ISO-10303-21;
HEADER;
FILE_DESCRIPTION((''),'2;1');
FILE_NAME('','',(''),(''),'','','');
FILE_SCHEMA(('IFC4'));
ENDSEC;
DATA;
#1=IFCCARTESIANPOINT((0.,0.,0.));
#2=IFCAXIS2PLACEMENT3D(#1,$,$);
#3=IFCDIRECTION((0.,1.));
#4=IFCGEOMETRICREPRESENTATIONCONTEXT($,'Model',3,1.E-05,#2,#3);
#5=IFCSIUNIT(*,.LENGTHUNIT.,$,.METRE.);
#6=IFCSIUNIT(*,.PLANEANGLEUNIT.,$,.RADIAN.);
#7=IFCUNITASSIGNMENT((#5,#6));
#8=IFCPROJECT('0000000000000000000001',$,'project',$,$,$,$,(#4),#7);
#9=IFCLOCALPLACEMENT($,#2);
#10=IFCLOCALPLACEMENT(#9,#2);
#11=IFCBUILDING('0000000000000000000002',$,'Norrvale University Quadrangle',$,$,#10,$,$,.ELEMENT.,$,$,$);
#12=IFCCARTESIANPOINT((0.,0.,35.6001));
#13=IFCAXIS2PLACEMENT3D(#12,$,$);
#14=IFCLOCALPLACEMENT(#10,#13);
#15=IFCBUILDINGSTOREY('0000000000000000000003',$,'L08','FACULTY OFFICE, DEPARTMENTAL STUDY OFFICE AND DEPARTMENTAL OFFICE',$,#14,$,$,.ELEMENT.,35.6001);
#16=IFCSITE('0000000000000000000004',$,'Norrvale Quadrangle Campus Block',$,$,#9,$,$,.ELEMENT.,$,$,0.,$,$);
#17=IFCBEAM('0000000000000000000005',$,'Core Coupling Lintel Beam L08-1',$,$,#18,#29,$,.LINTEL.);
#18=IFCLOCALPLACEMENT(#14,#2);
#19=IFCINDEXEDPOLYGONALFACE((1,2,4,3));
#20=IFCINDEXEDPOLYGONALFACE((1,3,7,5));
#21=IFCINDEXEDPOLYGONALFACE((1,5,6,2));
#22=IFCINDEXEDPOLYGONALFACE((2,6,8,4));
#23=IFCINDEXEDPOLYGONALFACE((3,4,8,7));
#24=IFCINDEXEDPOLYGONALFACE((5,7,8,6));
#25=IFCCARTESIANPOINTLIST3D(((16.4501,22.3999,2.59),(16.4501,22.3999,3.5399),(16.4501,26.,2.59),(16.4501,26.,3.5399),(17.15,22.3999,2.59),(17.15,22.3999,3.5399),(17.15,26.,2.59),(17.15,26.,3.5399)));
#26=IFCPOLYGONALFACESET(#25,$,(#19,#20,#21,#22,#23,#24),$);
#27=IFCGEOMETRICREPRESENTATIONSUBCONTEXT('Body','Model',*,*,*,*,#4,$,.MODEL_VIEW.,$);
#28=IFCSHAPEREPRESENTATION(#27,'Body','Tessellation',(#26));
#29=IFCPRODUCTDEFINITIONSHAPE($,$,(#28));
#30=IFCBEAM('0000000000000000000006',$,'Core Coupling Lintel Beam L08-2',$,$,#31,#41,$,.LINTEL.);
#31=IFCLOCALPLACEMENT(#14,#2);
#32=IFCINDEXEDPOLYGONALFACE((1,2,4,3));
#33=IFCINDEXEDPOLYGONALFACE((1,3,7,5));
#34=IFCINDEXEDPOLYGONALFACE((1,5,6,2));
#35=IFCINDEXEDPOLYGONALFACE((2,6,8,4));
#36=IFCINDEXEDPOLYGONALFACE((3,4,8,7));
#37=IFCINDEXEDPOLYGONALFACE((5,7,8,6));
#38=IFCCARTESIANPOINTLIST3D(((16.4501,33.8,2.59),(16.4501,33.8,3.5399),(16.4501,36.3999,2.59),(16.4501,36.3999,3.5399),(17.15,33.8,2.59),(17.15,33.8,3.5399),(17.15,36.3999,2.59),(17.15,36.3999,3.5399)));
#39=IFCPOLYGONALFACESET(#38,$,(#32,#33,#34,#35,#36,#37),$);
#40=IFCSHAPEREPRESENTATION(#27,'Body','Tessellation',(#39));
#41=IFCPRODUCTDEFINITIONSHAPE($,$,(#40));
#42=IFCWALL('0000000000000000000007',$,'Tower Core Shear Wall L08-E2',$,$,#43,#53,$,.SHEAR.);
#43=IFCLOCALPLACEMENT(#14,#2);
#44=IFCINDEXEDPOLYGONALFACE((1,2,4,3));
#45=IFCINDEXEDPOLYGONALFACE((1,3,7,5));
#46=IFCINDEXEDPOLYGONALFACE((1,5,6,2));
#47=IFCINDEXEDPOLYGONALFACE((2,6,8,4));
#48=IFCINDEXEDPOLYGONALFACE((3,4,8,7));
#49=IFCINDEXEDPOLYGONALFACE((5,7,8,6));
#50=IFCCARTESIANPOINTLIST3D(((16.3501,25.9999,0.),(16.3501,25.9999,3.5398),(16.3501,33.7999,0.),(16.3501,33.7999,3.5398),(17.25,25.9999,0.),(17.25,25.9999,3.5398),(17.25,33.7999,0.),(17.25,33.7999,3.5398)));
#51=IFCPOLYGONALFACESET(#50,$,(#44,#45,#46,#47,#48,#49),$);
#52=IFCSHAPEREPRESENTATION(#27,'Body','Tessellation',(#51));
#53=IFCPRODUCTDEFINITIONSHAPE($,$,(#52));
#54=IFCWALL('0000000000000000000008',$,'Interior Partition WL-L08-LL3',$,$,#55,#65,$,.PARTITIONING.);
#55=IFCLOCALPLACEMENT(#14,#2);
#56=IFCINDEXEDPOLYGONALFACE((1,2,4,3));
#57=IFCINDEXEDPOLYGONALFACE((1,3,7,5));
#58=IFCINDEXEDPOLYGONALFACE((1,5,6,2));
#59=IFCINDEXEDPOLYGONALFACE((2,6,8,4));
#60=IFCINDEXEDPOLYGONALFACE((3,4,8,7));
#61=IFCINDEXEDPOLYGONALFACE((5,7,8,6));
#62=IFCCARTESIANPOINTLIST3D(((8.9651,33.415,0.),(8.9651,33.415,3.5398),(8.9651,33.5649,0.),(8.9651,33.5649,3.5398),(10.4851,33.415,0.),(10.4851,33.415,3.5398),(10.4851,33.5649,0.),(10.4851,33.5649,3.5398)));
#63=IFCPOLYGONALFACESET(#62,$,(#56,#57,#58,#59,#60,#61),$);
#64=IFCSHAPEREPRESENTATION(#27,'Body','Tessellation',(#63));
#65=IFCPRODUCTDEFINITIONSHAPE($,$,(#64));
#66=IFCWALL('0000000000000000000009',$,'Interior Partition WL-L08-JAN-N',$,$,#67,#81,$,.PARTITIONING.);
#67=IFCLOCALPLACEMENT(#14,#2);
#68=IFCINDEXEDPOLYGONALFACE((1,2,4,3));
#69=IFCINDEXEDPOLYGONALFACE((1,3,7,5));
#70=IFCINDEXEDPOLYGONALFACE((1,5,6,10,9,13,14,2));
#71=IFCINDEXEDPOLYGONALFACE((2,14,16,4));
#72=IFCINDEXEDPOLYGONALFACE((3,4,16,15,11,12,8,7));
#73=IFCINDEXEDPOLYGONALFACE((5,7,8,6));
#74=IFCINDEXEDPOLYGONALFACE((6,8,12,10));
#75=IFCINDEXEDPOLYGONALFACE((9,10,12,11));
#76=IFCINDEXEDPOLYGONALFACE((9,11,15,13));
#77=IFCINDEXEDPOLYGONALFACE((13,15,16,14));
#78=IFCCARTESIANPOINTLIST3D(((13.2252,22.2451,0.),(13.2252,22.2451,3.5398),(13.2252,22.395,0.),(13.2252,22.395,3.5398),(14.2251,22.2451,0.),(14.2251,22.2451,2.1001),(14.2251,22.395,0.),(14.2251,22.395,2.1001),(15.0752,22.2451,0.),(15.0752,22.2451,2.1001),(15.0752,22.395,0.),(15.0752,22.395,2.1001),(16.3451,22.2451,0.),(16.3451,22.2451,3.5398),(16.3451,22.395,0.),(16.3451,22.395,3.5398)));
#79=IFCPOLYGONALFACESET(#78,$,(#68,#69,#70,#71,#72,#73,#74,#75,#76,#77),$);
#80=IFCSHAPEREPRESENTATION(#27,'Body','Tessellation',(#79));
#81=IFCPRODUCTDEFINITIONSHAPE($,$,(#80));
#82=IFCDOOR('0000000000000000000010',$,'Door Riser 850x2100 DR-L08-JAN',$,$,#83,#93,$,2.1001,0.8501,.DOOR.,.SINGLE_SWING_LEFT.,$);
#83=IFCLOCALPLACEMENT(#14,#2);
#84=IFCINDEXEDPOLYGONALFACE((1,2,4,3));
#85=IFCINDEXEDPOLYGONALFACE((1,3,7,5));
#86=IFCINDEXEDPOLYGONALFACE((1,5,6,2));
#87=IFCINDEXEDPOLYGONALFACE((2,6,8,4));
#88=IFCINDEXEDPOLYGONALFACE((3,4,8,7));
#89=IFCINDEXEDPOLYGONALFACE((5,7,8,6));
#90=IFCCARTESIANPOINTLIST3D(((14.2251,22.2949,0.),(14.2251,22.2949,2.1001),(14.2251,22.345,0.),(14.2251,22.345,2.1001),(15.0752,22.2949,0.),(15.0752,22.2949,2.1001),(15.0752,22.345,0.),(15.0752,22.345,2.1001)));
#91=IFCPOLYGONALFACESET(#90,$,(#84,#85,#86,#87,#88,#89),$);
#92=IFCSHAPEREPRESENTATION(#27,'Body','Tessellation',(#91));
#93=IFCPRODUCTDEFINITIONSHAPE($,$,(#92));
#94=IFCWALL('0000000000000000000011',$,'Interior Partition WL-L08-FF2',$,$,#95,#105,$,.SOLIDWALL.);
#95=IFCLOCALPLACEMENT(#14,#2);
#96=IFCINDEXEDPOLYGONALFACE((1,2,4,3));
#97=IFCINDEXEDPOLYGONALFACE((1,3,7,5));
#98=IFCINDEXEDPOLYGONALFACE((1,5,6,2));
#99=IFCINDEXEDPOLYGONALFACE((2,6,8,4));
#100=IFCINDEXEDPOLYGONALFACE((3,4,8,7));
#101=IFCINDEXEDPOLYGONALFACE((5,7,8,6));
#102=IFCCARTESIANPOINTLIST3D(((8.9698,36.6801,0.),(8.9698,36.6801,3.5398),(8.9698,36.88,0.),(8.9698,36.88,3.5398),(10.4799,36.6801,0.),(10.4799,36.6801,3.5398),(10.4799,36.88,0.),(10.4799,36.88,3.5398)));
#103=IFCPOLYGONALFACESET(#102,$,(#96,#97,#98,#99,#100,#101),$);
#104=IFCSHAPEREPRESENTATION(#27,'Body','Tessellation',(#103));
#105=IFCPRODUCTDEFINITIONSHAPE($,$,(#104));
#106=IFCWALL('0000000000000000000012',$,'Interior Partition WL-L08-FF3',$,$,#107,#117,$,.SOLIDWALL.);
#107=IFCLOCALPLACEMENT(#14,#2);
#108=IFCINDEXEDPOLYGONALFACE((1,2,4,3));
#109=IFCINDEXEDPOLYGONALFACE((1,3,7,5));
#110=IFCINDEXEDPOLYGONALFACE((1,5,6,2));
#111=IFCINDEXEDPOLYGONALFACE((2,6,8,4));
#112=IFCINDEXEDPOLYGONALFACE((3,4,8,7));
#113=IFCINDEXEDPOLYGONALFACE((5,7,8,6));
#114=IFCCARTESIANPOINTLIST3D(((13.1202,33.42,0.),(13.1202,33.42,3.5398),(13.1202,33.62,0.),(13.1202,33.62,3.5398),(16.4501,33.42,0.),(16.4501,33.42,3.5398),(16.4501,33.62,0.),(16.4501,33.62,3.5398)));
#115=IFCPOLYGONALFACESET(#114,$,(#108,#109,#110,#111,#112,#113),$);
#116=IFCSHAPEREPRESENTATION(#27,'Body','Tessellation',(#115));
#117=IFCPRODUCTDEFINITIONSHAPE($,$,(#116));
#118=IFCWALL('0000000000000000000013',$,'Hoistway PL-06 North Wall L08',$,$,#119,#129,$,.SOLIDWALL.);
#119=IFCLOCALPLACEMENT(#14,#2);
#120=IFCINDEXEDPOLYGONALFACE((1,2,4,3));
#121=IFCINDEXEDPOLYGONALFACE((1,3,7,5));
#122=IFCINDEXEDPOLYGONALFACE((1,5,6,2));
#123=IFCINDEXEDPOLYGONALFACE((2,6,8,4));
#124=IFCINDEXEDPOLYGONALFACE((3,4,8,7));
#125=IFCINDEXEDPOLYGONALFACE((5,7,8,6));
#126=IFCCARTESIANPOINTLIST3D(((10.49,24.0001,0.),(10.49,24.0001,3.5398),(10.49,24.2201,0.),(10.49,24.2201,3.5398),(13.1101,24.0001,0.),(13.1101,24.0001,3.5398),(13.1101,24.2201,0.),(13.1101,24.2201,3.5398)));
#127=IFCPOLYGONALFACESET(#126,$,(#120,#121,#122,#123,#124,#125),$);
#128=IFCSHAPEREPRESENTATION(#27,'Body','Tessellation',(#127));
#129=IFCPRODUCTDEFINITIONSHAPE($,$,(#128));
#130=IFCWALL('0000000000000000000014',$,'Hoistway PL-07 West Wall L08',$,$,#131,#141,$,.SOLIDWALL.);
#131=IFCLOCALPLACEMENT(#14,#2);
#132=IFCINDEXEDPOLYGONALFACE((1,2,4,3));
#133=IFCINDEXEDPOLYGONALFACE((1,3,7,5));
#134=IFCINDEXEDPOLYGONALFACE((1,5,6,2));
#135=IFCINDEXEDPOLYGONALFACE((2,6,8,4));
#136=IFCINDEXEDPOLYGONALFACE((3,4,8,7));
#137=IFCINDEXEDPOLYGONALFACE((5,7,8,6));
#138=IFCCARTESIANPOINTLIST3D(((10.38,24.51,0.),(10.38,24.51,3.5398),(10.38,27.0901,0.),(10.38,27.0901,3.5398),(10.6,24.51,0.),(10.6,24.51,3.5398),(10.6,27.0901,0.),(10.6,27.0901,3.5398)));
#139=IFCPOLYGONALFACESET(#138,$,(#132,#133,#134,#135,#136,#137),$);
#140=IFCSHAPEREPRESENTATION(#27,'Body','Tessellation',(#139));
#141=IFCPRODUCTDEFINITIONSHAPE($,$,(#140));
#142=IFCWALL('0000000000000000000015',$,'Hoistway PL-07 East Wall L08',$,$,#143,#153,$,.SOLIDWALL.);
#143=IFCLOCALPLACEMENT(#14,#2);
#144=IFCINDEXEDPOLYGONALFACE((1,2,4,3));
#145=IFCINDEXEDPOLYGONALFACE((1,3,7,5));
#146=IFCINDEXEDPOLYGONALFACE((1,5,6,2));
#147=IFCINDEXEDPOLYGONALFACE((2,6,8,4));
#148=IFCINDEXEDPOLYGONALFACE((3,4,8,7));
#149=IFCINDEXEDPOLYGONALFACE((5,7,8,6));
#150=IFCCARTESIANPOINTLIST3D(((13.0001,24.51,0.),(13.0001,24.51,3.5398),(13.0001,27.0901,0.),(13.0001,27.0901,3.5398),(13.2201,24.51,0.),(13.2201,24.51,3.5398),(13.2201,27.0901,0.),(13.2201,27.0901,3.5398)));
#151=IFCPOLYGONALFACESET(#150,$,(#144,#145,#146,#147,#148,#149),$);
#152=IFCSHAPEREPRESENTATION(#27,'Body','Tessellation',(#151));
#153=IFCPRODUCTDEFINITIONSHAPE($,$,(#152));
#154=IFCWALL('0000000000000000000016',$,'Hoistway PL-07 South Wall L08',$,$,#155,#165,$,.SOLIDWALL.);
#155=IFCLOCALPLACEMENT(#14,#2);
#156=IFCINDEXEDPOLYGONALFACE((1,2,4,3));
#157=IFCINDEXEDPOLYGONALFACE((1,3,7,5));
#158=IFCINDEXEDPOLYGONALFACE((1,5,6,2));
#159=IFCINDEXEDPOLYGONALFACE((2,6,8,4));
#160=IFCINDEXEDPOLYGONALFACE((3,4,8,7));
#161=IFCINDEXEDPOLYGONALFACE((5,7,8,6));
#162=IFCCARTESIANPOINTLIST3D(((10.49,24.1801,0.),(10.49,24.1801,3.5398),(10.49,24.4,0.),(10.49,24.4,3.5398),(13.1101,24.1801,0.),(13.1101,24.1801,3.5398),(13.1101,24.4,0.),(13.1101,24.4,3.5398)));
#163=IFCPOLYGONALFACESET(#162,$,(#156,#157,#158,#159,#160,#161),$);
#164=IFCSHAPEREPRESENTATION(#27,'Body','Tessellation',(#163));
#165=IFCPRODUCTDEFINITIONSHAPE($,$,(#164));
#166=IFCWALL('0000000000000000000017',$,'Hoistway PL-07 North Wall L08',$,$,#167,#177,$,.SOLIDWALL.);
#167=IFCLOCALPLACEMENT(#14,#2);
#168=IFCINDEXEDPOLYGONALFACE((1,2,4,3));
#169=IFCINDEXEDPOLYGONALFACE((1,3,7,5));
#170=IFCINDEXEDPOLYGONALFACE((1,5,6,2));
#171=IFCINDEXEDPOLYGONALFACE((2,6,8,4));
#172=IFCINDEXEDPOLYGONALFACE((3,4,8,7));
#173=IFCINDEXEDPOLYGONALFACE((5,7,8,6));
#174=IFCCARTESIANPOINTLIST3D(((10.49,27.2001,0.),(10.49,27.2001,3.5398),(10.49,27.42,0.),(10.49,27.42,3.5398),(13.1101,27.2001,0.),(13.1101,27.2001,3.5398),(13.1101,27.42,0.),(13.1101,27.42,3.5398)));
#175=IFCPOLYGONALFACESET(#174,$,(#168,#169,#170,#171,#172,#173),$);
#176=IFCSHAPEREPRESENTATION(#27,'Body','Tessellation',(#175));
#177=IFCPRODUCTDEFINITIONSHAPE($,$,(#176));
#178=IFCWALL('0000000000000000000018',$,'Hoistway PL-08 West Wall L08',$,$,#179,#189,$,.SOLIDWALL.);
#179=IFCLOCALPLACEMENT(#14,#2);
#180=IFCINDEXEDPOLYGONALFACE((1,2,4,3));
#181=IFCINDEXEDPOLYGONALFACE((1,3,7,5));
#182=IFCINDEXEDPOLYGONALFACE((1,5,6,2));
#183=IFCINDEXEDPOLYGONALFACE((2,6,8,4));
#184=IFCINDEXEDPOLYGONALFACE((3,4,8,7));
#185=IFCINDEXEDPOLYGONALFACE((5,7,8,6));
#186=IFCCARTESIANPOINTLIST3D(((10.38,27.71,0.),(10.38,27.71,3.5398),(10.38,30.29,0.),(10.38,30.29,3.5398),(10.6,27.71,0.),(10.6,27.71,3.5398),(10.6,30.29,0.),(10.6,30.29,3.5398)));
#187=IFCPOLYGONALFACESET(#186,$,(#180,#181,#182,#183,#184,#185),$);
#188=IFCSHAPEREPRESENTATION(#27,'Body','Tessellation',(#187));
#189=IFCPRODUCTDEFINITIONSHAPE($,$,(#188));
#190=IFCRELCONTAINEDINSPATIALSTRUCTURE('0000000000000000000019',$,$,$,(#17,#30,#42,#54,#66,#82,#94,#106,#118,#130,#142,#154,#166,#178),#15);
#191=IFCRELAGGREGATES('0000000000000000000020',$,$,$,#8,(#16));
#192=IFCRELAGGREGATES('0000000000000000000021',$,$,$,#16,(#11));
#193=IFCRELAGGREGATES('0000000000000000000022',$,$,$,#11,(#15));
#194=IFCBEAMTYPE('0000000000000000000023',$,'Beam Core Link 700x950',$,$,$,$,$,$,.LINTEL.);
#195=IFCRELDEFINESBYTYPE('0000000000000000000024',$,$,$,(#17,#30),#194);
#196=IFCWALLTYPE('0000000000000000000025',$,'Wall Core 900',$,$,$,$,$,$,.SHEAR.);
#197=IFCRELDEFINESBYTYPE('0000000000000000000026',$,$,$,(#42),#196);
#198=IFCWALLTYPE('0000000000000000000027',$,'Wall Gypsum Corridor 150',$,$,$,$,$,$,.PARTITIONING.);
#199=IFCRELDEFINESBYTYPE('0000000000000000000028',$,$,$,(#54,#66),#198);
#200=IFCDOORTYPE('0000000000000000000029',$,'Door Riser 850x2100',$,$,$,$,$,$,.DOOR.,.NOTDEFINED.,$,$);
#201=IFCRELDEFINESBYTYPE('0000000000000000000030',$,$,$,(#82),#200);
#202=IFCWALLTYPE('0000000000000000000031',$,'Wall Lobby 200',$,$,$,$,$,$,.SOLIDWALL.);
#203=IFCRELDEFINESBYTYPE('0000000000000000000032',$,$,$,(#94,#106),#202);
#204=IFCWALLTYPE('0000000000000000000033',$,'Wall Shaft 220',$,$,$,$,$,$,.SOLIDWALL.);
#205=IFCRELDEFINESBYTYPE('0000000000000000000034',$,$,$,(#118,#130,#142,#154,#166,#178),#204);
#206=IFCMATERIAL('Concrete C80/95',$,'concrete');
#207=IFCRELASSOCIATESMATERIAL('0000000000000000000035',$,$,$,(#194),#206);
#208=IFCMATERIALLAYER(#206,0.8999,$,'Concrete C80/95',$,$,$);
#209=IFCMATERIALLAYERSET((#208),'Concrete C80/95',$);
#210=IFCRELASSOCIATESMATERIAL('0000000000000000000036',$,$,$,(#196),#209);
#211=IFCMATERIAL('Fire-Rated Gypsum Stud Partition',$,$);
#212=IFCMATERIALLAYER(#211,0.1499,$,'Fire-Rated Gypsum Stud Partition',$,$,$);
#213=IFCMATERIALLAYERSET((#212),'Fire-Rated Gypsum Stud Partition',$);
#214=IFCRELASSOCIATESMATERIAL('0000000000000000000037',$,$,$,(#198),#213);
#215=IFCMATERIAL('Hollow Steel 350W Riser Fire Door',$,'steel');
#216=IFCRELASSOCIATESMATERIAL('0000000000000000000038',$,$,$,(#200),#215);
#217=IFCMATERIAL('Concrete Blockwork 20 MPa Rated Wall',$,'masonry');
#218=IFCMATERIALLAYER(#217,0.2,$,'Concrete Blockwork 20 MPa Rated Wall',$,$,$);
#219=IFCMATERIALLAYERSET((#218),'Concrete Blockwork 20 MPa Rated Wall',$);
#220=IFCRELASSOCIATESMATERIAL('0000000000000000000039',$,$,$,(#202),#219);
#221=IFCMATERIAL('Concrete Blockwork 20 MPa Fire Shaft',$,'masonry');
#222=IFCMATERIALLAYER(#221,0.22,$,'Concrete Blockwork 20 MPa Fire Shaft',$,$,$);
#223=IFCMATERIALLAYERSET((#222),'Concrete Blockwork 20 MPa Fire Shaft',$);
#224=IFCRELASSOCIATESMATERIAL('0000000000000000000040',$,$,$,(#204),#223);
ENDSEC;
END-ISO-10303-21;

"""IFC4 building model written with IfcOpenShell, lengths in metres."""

from ifc_helpers import new_model, si_unit, direction, frame, frame_2d, origin, origin_2d, place, context, subcontext, project, spatial, rectangle, extrude, material, layer, layer_set, material_profile, profile_set, type_object, element, fill, save


model = new_model("IFC4")

# Units and contexts
model_context = context("Model", 3, precision=1e-05, world=origin(), true_north=direction((0.0, 1.0)))
body_context = subcontext(model_context, "Body", "Model", "MODEL_VIEW")
ifc_project = project(units=[si_unit("LENGTHUNIT", "METRE"), si_unit("PLANEANGLEUNIT", "RADIAN")], contexts=[model_context])

# Site, building, storey
site_placement = place(None, origin())
site = spatial("IfcSite", under=ifc_project, at=site_placement, Name="Norrvale Quadrangle Campus Block", CompositionType="ELEMENT", RefElevation=0.0)
building_placement = place(site_placement, origin())
building = spatial("IfcBuilding", under=site, at=building_placement, Name="Norrvale University Quadrangle", CompositionType="ELEMENT")
storey_placement = place(building_placement, frame((0.0, 0.0, 35.6001)))
storey = spatial("IfcBuildingStorey", under=building, at=storey_placement, Name="L08", Description="FACULTY OFFICE, DEPARTMENTAL STUDY OFFICE AND DEPARTMENTAL OFFICE", CompositionType="ELEMENT", Elevation=35.6001)

# Beams
ifc_material_1 = material(Name="Concrete C80/95", Category="concrete")
ifc_material_profile = material_profile(ifc_material_1, rectangle(XDim=0.7, YDim=0.95, at=origin_2d()), Name="Concrete C80/95")
ifc_profile_set = profile_set([ifc_material_profile], Name="Concrete C80/95")
beam_type = type_object("IfcBeamType", Name="Beam Core Link 700x950", PredefinedType="LINTEL", material=ifc_profile_set)
beam_1_placement = place(storey_placement, frame((16.8, 22.3999, 3.0649), z_axis=(0.0, 1.0, 0.0), x_axis=(-1.0, 0.0, 0.0)))
element("IfcBeam", 1, at=beam_1_placement, inside=storey, type_object=beam_type, Name="Core Coupling Lintel Beam L08-1", PredefinedType="LINTEL", context=body_context, shape_type="SweptSolid", body=[
    extrude(rectangle(XDim=0.7, YDim=0.95, at=origin_2d()), origin(), (0.0, 0.0, 1.0), 3.6001),
])
beam_2_placement = place(storey_placement, frame((16.8, 33.8, 3.0649), z_axis=(0.0, 1.0, 0.0), x_axis=(-1.0, 0.0, 0.0)))
element("IfcBeam", 2, at=beam_2_placement, inside=storey, type_object=beam_type, Name="Core Coupling Lintel Beam L08-2", PredefinedType="LINTEL", context=body_context, shape_type="SweptSolid", body=[
    extrude(rectangle(XDim=0.7, YDim=0.95, at=origin_2d()), origin(), (0.0, 0.0, 1.0), 2.5999),
])

# Wall
ifc_layer_1 = layer(ifc_material_1, 0.8999, Name="Concrete C80/95")
ifc_layer_set_1 = layer_set([ifc_layer_1], Name="Concrete C80/95")
wall_type_1 = type_object("IfcWallType", Name="Wall Core 900", PredefinedType="SHEAR", material=ifc_layer_set_1)
wall_1_placement = place(storey_placement, frame((16.8, 26.0, 0.0), z_axis=(0.0, 0.0, 1.0), x_axis=(0.0, 1.0, 0.0)))
element("IfcWall", 3, at=wall_1_placement, inside=storey, type_object=wall_type_1, Name="Tower Core Shear Wall L08-E2", PredefinedType="SHEAR", context=body_context, shape_type="SweptSolid", body=[
    extrude(rectangle(XDim=7.8, YDim=0.8999, at=frame_2d((3.8999, 0.0))), origin(), (0.0, 0.0, 1.0), 3.5398),
])

# Wall
ifc_material_2 = material(Name="Fire-Rated Gypsum Stud Partition")
ifc_layer_2 = layer(ifc_material_2, 0.1499, Name="Fire-Rated Gypsum Stud Partition")
ifc_layer_set_2 = layer_set([ifc_layer_2], Name="Fire-Rated Gypsum Stud Partition")
wall_type_2 = type_object("IfcWallType", Name="Wall Gypsum Corridor 150", PredefinedType="PARTITIONING", material=ifc_layer_set_2)
wall_2_placement = place(storey_placement, frame((8.9651, 33.49, 0.0), z_axis=(0.0, 0.0, 1.0), x_axis=(1.0, 0.0, 0.0)))
element("IfcWall", 4, at=wall_2_placement, inside=storey, type_object=wall_type_2, Name="Interior Partition WL-L08-LL3", PredefinedType="PARTITIONING", context=body_context, shape_type="SweptSolid", body=[
    extrude(rectangle(XDim=1.52, YDim=0.1499, at=frame_2d((0.76, 0.0))), origin(), (0.0, 0.0, 1.0), 3.5398),
])

# Wall, opening, door
wall_3_placement = place(storey_placement, frame((13.2251, 22.3201, 0.0), z_axis=(0.0, 0.0, 1.0), x_axis=(1.0, 0.0, 0.0)))
wall_3 = element("IfcWall", 5, at=wall_3_placement, inside=storey, type_object=wall_type_2, Name="Interior Partition WL-L08-JAN-N", PredefinedType="PARTITIONING", context=body_context, shape_type="SweptSolid", body=[
    extrude(rectangle(XDim=3.1199, YDim=0.1499, at=frame_2d((1.5601, 0.0))), origin(), (0.0, 0.0, 1.0), 3.5398),
])
opening_1_placement = place(wall_3_placement, frame((1.0, 0.0, 0.0)))
opening_1 = element("IfcOpeningElement", 6, at=opening_1_placement, cuts=wall_3, PredefinedType="OPENING", context=body_context, shape_type="SweptSolid", body=[
    extrude(rectangle(XDim=0.8501, YDim=2.1001, at=frame_2d((0.425, 1.05))), frame((0.0, 0.0869, 0.0), z_axis=(0.0, -1.0, 0.0), x_axis=(1.0, 0.0, 0.0)), (0.0, 0.0, 1.0), 0.1738),
])
ifc_material_3 = material(Name="Hollow Steel 350W Riser Fire Door", Category="steel")
door_type_1 = type_object("IfcDoorType", Name="Door Riser 850x2100", OperationType="NOTDEFINED", PredefinedType="DOOR", material=ifc_material_3)
door_1_placement = place(opening_1_placement, origin())
door_1 = element("IfcDoor", 7, at=door_1_placement, inside=storey, type_object=door_type_1, Name="Door Riser 850x2100 DR-L08-JAN", OperationType="SINGLE_SWING_LEFT", OverallHeight=2.1001, OverallWidth=0.8501, PredefinedType="DOOR", context=body_context, shape_type="SweptSolid", body=[
    extrude(rectangle(XDim=0.8501, YDim=2.1001, at=frame_2d((0.425, 1.05))), frame((0.0, 0.0249, 0.0), z_axis=(0.0, -1.0, 0.0), x_axis=(1.0, 0.0, 0.0)), (0.0, 0.0, 1.0), 0.05),
])
fill(opening_1, door_1)

# Walls
ifc_material_4 = material(Name="Concrete Blockwork 20 MPa Rated Wall", Category="masonry")
ifc_layer_3 = layer(ifc_material_4, 0.2, Name="Concrete Blockwork 20 MPa Rated Wall")
ifc_layer_set_3 = layer_set([ifc_layer_3], Name="Concrete Blockwork 20 MPa Rated Wall")
wall_type_3 = type_object("IfcWallType", Name="Wall Lobby 200", PredefinedType="SOLIDWALL", material=ifc_layer_set_3)
wall_4_placement = place(storey_placement, frame((8.97, 36.78, 0.0), z_axis=(0.0, 0.0, 1.0), x_axis=(1.0, 0.0, 0.0)))
element("IfcWall", 8, at=wall_4_placement, inside=storey, type_object=wall_type_3, Name="Interior Partition WL-L08-FF2", PredefinedType="SOLIDWALL", context=body_context, shape_type="SweptSolid", body=[
    extrude(rectangle(XDim=1.51, YDim=0.2, at=frame_2d((0.7549, 0.0))), origin(), (0.0, 0.0, 1.0), 3.5398),
])
wall_5_placement = place(storey_placement, frame((13.1201, 33.52, 0.0), z_axis=(0.0, 0.0, 1.0), x_axis=(1.0, 0.0, 0.0)))
element("IfcWall", 9, at=wall_5_placement, inside=storey, type_object=wall_type_3, Name="Interior Partition WL-L08-FF3", PredefinedType="SOLIDWALL", context=body_context, shape_type="SweptSolid", body=[
    extrude(rectangle(XDim=3.3298, YDim=0.2, at=frame_2d((1.665, 0.0))), origin(), (0.0, 0.0, 1.0), 3.5398),
])
ifc_material_5 = material(Name="Concrete Blockwork 20 MPa Fire Shaft", Category="masonry")
ifc_layer_4 = layer(ifc_material_5, 0.22, Name="Concrete Blockwork 20 MPa Fire Shaft")
ifc_layer_set_4 = layer_set([ifc_layer_4], Name="Concrete Blockwork 20 MPa Fire Shaft")
wall_type_4 = type_object("IfcWallType", Name="Wall Shaft 220", PredefinedType="SOLIDWALL", material=ifc_layer_set_4)
wall_6_placement = place(storey_placement, frame((10.49, 24.1101, 0.0), z_axis=(0.0, 0.0, 1.0), x_axis=(1.0, 0.0, 0.0)))
element("IfcWall", 10, at=wall_6_placement, inside=storey, type_object=wall_type_4, Name="Hoistway PL-06 North Wall L08", PredefinedType="SOLIDWALL", context=body_context, shape_type="SweptSolid", body=[
    extrude(rectangle(XDim=2.6201, YDim=0.22, at=frame_2d((1.3101, 0.0))), origin(), (0.0, 0.0, 1.0), 3.5398),
])
for number, where, z_axis, x_axis, name in (
    (11, (10.49, 24.51, 0.0), (0.0, 0.0, 1.0), (0.0, 1.0, 0.0), "Hoistway PL-07 West Wall L08"),
    (12, (13.1101, 24.51, 0.0), (0.0, 0.0, 1.0), (0.0, 1.0, 0.0), "Hoistway PL-07 East Wall L08"),
):
    element("IfcWall", number, at=place(storey_placement, frame(where, z_axis=z_axis, x_axis=x_axis)), inside=storey, type_object=wall_type_4, Name=name, PredefinedType="SOLIDWALL", context=body_context, shape_type="SweptSolid", body=[
        extrude(rectangle(XDim=2.5801, YDim=0.22, at=frame_2d((1.29, 0.0))), origin(), (0.0, 0.0, 1.0), 3.5398),
    ])
for number, where, z_axis, x_axis, name in (
    (13, (10.49, 24.29, 0.0), (0.0, 0.0, 1.0), (1.0, 0.0, 0.0), "Hoistway PL-07 South Wall L08"),
    (14, (10.49, 27.3101, 0.0), (0.0, 0.0, 1.0), (1.0, 0.0, 0.0), "Hoistway PL-07 North Wall L08"),
):
    element("IfcWall", number, at=place(storey_placement, frame(where, z_axis=z_axis, x_axis=x_axis)), inside=storey, type_object=wall_type_4, Name=name, PredefinedType="SOLIDWALL", context=body_context, shape_type="SweptSolid", body=[
        extrude(rectangle(XDim=2.6201, YDim=0.22, at=frame_2d((1.3101, 0.0))), origin(), (0.0, 0.0, 1.0), 3.5398),
    ])
for number, where, z_axis, x_axis, name in (
    (15, (10.49, 27.71, 0.0), (0.0, 0.0, 1.0), (0.0, 1.0, 0.0), "Hoistway PL-08 West Wall L08"),
):
    element("IfcWall", number, at=place(storey_placement, frame(where, z_axis=z_axis, x_axis=x_axis)), inside=storey, type_object=wall_type_4, Name=name, PredefinedType="SOLIDWALL", context=body_context, shape_type="SweptSolid", body=[
        extrude(rectangle(XDim=2.5801, YDim=0.22, at=frame_2d((1.29, 0.0))), origin(), (0.0, 0.0, 1.0), 3.5398),
    ])

save(model, "model.ifc")
